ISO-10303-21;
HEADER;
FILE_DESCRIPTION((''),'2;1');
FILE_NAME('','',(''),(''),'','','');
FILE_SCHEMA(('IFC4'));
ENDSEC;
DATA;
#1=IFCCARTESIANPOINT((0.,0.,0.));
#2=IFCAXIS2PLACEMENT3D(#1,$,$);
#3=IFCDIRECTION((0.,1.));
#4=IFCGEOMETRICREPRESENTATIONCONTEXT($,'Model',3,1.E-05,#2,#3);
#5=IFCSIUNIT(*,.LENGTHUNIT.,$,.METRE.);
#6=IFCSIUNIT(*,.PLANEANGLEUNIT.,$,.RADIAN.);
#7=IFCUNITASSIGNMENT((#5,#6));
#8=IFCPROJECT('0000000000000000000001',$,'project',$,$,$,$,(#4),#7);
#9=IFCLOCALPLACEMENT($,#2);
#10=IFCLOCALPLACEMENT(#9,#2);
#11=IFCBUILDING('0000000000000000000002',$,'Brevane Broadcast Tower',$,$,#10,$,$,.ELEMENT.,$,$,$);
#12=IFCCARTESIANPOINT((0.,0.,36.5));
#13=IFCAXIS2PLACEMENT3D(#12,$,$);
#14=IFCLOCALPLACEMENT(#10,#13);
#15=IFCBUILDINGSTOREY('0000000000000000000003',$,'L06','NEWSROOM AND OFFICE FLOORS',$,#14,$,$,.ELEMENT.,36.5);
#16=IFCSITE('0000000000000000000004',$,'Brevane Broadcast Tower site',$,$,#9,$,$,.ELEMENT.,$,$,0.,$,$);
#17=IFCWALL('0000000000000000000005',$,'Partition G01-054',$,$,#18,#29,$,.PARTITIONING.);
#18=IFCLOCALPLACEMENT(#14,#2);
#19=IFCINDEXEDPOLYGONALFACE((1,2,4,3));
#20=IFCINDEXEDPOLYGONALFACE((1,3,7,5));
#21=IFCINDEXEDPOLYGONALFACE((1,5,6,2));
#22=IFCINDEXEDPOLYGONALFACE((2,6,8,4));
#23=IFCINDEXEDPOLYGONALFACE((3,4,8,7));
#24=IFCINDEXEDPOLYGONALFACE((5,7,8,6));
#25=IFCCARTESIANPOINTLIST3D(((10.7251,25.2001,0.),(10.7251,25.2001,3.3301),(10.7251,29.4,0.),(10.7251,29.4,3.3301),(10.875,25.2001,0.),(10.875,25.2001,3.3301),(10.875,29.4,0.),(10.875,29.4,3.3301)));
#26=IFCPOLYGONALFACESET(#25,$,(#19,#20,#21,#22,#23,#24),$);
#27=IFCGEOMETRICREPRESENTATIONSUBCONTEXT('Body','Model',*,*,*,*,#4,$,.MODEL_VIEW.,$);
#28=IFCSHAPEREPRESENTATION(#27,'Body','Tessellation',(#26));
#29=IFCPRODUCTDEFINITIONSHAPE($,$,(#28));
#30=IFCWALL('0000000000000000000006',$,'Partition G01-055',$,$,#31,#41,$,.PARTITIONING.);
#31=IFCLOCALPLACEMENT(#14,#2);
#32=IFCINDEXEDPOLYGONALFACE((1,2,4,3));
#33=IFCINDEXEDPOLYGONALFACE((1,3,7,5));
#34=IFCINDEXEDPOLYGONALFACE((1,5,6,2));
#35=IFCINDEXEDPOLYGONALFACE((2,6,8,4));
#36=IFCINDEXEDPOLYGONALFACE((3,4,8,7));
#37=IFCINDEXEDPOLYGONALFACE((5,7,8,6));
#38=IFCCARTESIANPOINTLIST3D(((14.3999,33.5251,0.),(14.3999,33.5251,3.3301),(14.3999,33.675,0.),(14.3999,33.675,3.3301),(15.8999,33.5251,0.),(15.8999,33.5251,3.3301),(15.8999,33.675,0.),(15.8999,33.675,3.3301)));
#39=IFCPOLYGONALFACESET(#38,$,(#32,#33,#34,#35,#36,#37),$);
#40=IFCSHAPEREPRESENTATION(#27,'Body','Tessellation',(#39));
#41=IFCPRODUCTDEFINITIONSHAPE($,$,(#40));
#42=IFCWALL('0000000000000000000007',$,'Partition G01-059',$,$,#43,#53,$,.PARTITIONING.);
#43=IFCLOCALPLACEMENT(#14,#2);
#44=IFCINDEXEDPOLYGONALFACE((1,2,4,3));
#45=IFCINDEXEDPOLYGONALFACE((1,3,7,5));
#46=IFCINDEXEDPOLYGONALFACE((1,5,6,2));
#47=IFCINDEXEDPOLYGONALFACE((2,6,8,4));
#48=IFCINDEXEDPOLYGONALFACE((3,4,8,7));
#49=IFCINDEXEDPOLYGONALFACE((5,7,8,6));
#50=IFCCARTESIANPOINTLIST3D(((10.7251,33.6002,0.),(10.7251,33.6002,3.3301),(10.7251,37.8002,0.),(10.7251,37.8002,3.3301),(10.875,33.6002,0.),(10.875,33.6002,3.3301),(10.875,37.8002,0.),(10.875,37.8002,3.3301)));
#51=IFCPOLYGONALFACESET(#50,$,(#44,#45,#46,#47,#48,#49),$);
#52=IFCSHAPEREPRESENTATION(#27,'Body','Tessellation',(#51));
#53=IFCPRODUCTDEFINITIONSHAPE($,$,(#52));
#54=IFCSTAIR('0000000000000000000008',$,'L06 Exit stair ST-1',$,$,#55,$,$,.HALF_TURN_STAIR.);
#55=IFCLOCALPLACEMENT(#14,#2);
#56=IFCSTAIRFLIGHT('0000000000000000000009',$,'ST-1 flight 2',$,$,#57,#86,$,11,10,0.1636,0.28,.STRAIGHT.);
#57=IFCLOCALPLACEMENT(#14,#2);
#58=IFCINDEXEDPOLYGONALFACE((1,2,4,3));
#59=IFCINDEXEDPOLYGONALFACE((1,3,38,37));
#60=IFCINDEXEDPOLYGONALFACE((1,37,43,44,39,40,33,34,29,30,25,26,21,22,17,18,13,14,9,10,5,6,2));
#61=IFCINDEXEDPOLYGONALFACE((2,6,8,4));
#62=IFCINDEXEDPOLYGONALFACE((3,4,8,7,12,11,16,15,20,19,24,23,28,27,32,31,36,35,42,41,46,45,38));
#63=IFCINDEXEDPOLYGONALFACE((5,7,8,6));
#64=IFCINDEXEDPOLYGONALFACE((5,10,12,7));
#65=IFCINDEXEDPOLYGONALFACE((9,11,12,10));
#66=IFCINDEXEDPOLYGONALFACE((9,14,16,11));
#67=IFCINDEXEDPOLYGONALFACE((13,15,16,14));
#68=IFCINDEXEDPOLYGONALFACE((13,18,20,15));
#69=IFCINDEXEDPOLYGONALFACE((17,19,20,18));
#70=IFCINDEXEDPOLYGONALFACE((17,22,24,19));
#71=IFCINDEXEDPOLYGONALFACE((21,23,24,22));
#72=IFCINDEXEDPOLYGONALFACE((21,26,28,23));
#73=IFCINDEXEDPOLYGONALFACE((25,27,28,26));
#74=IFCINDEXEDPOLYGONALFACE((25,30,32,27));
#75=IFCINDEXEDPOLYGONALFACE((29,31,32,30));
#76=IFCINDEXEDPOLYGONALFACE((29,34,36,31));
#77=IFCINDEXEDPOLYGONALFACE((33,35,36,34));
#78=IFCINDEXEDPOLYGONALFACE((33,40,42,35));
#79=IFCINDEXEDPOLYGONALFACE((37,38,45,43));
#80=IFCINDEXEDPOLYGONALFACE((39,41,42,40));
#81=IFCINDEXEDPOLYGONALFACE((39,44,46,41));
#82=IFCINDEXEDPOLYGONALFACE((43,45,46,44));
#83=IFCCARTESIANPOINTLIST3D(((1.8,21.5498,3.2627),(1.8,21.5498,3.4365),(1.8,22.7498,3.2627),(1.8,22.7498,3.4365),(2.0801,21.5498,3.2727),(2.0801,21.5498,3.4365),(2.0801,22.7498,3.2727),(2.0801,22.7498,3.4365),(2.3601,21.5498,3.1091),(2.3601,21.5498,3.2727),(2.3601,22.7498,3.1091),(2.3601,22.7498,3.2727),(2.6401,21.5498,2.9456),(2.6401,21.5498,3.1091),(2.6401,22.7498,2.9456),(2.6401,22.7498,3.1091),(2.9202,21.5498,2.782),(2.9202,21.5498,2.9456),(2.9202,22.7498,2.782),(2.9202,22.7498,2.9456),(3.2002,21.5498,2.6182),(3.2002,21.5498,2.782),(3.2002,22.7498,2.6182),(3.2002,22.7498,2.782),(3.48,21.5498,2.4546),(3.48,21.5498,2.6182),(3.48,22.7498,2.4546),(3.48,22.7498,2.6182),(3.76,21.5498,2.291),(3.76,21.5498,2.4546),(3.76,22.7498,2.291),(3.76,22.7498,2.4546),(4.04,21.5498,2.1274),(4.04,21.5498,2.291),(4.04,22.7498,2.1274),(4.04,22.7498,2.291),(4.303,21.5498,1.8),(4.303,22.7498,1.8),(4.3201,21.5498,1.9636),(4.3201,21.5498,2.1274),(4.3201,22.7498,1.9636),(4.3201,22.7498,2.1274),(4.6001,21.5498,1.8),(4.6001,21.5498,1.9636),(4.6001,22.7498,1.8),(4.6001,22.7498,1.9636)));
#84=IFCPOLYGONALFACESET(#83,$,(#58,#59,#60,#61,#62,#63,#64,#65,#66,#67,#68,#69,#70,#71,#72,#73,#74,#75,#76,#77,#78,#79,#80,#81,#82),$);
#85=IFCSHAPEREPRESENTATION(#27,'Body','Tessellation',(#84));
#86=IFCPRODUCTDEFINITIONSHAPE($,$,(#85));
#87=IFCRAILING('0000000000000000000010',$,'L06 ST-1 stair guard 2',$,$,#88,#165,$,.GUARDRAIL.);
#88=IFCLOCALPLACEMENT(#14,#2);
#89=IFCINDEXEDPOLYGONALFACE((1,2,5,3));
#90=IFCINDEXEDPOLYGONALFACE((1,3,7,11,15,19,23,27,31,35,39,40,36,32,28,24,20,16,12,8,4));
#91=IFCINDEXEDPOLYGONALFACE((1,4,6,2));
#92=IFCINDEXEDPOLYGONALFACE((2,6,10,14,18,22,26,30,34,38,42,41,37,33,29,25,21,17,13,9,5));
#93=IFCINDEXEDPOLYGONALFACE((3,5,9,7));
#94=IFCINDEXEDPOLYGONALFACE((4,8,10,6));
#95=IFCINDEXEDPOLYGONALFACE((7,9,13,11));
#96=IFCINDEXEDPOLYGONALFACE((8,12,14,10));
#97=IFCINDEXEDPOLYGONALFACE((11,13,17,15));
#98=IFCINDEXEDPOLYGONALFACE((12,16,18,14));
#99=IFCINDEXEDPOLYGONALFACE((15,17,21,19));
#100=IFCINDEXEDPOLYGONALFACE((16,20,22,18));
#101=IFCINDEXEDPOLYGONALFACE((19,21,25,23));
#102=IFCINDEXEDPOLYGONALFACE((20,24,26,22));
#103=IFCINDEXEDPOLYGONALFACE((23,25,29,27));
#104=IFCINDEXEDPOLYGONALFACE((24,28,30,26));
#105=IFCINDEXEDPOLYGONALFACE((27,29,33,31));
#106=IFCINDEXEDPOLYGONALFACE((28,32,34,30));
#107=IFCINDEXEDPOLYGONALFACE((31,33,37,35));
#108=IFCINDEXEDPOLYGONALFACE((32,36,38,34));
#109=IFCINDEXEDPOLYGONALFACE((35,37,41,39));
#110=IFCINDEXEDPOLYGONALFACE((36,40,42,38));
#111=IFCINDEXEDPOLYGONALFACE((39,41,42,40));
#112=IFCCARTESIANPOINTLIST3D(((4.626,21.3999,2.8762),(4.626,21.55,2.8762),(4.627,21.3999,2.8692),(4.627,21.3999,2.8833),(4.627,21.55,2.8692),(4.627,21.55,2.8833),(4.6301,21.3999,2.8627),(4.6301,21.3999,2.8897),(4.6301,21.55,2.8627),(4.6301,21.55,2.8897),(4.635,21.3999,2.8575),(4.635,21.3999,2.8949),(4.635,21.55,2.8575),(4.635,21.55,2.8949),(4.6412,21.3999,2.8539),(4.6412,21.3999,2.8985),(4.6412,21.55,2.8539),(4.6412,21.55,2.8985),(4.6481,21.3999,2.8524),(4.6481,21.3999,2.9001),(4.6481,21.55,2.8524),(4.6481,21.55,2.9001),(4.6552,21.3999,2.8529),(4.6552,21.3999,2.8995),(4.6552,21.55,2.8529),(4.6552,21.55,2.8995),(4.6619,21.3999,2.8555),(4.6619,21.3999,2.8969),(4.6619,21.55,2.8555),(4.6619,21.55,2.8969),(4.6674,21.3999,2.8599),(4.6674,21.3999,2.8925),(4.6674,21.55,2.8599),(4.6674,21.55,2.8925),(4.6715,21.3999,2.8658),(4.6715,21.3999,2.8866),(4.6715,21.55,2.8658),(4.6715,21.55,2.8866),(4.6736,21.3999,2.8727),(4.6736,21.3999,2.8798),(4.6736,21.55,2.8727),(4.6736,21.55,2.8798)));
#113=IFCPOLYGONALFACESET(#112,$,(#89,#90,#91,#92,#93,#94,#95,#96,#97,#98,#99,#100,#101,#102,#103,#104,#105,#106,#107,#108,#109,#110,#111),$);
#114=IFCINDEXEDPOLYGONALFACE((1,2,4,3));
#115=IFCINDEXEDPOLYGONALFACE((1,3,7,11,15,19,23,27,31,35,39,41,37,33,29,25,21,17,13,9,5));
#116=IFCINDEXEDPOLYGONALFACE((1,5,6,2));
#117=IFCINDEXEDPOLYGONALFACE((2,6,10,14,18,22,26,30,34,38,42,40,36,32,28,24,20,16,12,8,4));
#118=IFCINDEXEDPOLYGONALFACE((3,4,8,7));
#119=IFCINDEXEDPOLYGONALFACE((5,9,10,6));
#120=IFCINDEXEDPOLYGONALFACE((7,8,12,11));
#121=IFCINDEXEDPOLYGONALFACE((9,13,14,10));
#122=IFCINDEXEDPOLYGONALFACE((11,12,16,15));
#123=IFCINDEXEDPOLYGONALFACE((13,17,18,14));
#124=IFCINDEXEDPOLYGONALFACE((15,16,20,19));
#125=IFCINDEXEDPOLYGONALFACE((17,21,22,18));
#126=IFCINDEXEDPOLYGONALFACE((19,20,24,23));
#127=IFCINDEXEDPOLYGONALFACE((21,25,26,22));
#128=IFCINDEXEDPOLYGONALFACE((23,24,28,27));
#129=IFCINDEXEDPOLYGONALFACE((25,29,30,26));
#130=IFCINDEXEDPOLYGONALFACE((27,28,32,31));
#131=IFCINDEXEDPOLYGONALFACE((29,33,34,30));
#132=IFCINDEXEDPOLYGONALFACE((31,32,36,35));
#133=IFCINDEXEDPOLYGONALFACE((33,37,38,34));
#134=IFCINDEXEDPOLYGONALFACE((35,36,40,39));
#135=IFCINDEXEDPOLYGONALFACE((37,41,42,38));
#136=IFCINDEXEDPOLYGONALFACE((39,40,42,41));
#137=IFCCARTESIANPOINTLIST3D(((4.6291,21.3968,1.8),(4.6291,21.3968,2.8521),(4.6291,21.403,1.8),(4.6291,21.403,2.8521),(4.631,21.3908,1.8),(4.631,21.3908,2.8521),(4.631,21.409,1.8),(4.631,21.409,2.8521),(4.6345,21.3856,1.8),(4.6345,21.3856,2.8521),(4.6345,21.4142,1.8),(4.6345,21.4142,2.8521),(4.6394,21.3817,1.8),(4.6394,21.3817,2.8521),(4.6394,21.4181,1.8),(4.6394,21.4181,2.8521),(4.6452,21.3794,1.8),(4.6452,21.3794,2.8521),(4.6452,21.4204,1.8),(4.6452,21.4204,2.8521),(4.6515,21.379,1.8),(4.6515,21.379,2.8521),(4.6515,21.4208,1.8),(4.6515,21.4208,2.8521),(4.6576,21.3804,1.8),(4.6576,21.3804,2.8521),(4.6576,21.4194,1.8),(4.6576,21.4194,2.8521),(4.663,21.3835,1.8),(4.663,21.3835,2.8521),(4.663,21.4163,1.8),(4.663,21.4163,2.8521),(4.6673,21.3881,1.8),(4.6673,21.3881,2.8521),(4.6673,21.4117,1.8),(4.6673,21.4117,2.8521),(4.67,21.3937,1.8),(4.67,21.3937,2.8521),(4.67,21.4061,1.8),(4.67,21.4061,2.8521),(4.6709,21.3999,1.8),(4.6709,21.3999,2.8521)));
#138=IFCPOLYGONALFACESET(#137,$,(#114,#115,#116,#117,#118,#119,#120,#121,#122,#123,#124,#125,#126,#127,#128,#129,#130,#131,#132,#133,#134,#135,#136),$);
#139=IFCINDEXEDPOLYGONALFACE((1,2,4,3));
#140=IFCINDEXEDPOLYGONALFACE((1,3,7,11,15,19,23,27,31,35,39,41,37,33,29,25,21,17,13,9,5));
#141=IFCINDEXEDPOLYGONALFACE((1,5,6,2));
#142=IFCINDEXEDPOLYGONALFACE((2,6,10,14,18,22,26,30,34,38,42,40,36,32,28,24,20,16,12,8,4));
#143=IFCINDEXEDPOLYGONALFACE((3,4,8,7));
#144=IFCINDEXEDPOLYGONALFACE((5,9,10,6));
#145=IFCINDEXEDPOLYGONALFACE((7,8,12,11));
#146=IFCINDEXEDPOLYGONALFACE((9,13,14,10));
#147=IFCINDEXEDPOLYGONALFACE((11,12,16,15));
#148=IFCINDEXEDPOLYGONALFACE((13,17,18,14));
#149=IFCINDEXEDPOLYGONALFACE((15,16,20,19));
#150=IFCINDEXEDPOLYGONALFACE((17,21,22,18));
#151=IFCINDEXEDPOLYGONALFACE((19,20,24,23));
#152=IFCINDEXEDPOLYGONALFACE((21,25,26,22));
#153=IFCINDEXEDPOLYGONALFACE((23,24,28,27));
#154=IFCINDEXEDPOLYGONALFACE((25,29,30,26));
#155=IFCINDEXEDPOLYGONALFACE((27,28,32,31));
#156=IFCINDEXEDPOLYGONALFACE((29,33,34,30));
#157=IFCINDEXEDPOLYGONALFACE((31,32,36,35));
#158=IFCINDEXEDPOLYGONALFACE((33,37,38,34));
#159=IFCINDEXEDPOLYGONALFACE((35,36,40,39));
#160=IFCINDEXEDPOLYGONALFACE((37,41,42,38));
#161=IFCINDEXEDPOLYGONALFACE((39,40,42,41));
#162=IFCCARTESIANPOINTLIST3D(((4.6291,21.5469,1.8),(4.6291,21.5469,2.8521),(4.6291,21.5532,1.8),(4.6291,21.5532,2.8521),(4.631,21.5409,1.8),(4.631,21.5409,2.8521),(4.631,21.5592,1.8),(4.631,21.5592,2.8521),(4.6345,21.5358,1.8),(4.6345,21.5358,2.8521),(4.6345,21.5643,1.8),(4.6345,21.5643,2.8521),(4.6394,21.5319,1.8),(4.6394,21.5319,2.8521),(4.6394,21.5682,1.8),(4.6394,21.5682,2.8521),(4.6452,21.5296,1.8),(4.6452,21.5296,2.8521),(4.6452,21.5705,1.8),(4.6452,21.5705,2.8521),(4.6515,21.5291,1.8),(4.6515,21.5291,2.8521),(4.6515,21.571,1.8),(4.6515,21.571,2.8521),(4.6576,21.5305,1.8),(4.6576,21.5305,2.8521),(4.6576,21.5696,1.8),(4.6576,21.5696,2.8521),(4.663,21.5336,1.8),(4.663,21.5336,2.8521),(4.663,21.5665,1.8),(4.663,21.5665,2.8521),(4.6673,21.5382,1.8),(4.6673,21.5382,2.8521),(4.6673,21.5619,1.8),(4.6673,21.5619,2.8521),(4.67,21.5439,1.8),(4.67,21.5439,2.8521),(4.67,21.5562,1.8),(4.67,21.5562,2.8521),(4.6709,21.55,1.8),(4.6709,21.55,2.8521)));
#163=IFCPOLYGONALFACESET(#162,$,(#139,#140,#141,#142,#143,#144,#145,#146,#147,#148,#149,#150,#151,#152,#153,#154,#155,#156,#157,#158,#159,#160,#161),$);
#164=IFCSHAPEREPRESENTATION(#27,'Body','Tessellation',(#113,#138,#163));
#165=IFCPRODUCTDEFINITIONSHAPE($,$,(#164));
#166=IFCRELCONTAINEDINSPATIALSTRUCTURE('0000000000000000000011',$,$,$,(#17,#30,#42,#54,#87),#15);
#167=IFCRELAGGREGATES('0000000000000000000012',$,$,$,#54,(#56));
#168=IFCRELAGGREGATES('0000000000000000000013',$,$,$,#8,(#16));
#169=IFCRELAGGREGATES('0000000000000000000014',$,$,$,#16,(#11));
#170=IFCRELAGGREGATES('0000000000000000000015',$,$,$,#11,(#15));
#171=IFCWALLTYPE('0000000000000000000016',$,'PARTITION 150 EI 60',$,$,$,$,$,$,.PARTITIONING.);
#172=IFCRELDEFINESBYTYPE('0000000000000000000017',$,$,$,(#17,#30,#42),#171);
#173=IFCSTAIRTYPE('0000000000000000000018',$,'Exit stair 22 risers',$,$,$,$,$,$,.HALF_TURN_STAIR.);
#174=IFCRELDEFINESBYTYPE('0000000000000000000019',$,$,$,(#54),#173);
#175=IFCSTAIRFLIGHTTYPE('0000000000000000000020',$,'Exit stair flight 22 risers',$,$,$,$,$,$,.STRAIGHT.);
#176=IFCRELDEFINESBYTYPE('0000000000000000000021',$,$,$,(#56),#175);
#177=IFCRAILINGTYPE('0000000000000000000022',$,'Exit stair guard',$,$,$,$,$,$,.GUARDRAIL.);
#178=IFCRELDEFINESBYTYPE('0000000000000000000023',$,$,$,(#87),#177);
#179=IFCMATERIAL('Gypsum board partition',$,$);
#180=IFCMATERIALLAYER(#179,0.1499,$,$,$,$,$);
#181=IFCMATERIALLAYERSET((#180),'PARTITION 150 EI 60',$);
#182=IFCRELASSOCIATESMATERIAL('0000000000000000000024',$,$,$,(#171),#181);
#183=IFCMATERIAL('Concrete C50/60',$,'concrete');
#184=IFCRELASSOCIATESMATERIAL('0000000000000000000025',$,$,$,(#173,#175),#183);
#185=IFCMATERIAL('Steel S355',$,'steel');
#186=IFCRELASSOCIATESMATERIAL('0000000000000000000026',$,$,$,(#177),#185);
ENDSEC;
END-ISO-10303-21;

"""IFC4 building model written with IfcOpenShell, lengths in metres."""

from ifc_helpers import new_model, si_unit, direction, frame, frame_2d, origin, origin_2d, place, context, subcontext, project, spatial, polyline, rectangle, circle, outline, extrude, material, layer, layer_set, type_object, element, aggregate, save


model = new_model("IFC4")

# Units and contexts
model_context = context("Model", 3, precision=1e-05, world=origin(), true_north=direction((0.0, 1.0)))
body_context = subcontext(model_context, "Body", "Model", "MODEL_VIEW")
ifc_project = project(units=[si_unit("LENGTHUNIT", "METRE"), si_unit("PLANEANGLEUNIT", "RADIAN")], contexts=[model_context])

# Site, building, storey
site_placement = place(None, origin())
site = spatial("IfcSite", under=ifc_project, at=site_placement, Name="Brevane Broadcast Tower site", CompositionType="ELEMENT", RefElevation=0.0)
building_placement = place(site_placement, origin())
building = spatial("IfcBuilding", under=site, at=building_placement, Name="Brevane Broadcast Tower", CompositionType="ELEMENT")
storey_placement = place(building_placement, frame((0.0, 0.0, 36.5)))
storey = spatial("IfcBuildingStorey", under=building, at=storey_placement, Name="L06", Description="NEWSROOM AND OFFICE FLOORS", CompositionType="ELEMENT", Elevation=36.5)

# Shared definitions
ifc_material_1 = material(Name="Steel S355", Category="steel")

# Shared definitions
ifc_material_2 = material(Name="Gypsum board partition")

# Shared definitions
ifc_layer_1 = layer(ifc_material_2, 0.1499)
ifc_layer_set_1 = layer_set([ifc_layer_1], Name="PARTITION 150 EI 60")
wall_type_1 = type_object("IfcWallType", Name="PARTITION 150 EI 60", PredefinedType="PARTITIONING", material=ifc_layer_set_1)

# Walls
wall_1_placement = place(storey_placement, frame((10.8, 25.2, 0.0), z_axis=(0.0, 0.0, 1.0), x_axis=(0.0, 1.0, 0.0)))
element("IfcWall", 1, at=wall_1_placement, inside=storey, type_object=wall_type_1, Name="Partition G01-054", PredefinedType="PARTITIONING", context=body_context, shape_type="SweptSolid", body=[
    extrude(rectangle(XDim=4.2, YDim=0.1499, at=frame_2d((2.1001, 0.0))), origin(), (0.0, 0.0, 1.0), 3.3301),
])
wall_2_placement = place(storey_placement, frame((14.3999, 33.6001, 0.0), z_axis=(0.0, 0.0, 1.0), x_axis=(1.0, 0.0, 0.0)))
element("IfcWall", 2, at=wall_2_placement, inside=storey, type_object=wall_type_1, Name="Partition G01-055", PredefinedType="PARTITIONING", context=body_context, shape_type="SweptSolid", body=[
    extrude(rectangle(XDim=1.5, YDim=0.1499, at=frame_2d((0.75, 0.0))), origin(), (0.0, 0.0, 1.0), 3.3301),
])
wall_3_placement = place(storey_placement, frame((10.8, 33.6001, 0.0), z_axis=(0.0, 0.0, 1.0), x_axis=(0.0, 1.0, 0.0)))
element("IfcWall", 3, at=wall_3_placement, inside=storey, type_object=wall_type_1, Name="Partition G01-059", PredefinedType="PARTITIONING", context=body_context, shape_type="SweptSolid", body=[
    extrude(rectangle(XDim=4.2, YDim=0.1499, at=frame_2d((2.1001, 0.0))), origin(), (0.0, 0.0, 1.0), 3.3301),
])

# Stair, stair flight
ifc_material_3 = material(Name="Concrete C50/60", Category="concrete")
stair_type = type_object("IfcStairType", Name="Exit stair 22 risers", PredefinedType="HALF_TURN_STAIR", material=ifc_material_3)
stair_placement = place(storey_placement, origin())
stair = element("IfcStair", 4, at=stair_placement, inside=storey, type_object=stair_type, Name="L06 Exit stair ST-1", PredefinedType="HALF_TURN_STAIR")
stair_flight_type = type_object("IfcStairFlightType", Name="Exit stair flight 22 risers", PredefinedType="STRAIGHT", material=ifc_material_3)
stair_flight_placement = place(storey_placement, frame((4.6001, 22.1499, 1.8), z_axis=(0.0, 0.0, 1.0), x_axis=(-1.0, 0.0, 0.0)))
stair_flight = element("IfcStairFlight", 5, at=stair_flight_placement, type_object=stair_flight_type, Name="ST-1 flight 2", NumberOfRisers=11, NumberOfTreads=10, PredefinedType="STRAIGHT", RiserHeight=0.1636, TreadLength=0.28, context=body_context, shape_type="SweptSolid", body=[
    extrude(outline(polyline([(0.0, 0.0), (0.0, 0.1636), (0.28, 0.1636), (0.28, 0.3274), (0.5601, 0.3274), (0.5601, 0.491), (0.8401, 0.491), (0.8401, 0.6545), (1.1201, 0.6545), (1.1201, 0.8181), (1.3999, 0.8181), (1.3999, 0.9819), (1.6799, 0.9819), (1.6799, 1.1455), (1.96, 1.1455), (1.96, 1.3091), (2.24, 1.3091), (2.24, 1.4727), (2.52, 1.4727), (2.52, 1.6365), (2.8, 1.6365), (2.8, 1.8), (2.8, 1.4626), (0.2971, 0.0), (0.0, 0.0)])), frame((0.0, 0.6001, 0.0), z_axis=(0.0, -1.0, 0.0), x_axis=(1.0, 0.0, 0.0)), (0.0, 0.0, 1.0), 1.2),
])
aggregate(stair, [stair_flight])

# Railing
railing_type_1 = type_object("IfcRailingType", Name="Exit stair guard", PredefinedType="GUARDRAIL", material=ifc_material_1)
railing_1_placement = place(storey_placement, frame((4.6499, 21.3999, 1.8)))
element("IfcRailing", 6, at=railing_1_placement, inside=storey, type_object=railing_type_1, Name="L06 ST-1 stair guard 2", PredefinedType="GUARDRAIL", context=body_context, shape_type="SweptSolid", body=[
    extrude(circle(Radius=0.0239, at=origin_2d()), frame((0.0, 0.0, 1.0762), z_axis=(0.0, 1.0, 0.0), x_axis=(-1.0, 0.0, 0.0)), (0.0, 0.0, 1.0), 0.1501),
    extrude(circle(Radius=0.021, at=origin_2d()), origin(), (0.0, 0.0, 1.0), 1.052),
    extrude(circle(Radius=0.021, at=origin_2d()), frame((0.0, 0.1501, 0.0)), (0.0, 0.0, 1.0), 1.052),
])

save(model, "model.ifc")
